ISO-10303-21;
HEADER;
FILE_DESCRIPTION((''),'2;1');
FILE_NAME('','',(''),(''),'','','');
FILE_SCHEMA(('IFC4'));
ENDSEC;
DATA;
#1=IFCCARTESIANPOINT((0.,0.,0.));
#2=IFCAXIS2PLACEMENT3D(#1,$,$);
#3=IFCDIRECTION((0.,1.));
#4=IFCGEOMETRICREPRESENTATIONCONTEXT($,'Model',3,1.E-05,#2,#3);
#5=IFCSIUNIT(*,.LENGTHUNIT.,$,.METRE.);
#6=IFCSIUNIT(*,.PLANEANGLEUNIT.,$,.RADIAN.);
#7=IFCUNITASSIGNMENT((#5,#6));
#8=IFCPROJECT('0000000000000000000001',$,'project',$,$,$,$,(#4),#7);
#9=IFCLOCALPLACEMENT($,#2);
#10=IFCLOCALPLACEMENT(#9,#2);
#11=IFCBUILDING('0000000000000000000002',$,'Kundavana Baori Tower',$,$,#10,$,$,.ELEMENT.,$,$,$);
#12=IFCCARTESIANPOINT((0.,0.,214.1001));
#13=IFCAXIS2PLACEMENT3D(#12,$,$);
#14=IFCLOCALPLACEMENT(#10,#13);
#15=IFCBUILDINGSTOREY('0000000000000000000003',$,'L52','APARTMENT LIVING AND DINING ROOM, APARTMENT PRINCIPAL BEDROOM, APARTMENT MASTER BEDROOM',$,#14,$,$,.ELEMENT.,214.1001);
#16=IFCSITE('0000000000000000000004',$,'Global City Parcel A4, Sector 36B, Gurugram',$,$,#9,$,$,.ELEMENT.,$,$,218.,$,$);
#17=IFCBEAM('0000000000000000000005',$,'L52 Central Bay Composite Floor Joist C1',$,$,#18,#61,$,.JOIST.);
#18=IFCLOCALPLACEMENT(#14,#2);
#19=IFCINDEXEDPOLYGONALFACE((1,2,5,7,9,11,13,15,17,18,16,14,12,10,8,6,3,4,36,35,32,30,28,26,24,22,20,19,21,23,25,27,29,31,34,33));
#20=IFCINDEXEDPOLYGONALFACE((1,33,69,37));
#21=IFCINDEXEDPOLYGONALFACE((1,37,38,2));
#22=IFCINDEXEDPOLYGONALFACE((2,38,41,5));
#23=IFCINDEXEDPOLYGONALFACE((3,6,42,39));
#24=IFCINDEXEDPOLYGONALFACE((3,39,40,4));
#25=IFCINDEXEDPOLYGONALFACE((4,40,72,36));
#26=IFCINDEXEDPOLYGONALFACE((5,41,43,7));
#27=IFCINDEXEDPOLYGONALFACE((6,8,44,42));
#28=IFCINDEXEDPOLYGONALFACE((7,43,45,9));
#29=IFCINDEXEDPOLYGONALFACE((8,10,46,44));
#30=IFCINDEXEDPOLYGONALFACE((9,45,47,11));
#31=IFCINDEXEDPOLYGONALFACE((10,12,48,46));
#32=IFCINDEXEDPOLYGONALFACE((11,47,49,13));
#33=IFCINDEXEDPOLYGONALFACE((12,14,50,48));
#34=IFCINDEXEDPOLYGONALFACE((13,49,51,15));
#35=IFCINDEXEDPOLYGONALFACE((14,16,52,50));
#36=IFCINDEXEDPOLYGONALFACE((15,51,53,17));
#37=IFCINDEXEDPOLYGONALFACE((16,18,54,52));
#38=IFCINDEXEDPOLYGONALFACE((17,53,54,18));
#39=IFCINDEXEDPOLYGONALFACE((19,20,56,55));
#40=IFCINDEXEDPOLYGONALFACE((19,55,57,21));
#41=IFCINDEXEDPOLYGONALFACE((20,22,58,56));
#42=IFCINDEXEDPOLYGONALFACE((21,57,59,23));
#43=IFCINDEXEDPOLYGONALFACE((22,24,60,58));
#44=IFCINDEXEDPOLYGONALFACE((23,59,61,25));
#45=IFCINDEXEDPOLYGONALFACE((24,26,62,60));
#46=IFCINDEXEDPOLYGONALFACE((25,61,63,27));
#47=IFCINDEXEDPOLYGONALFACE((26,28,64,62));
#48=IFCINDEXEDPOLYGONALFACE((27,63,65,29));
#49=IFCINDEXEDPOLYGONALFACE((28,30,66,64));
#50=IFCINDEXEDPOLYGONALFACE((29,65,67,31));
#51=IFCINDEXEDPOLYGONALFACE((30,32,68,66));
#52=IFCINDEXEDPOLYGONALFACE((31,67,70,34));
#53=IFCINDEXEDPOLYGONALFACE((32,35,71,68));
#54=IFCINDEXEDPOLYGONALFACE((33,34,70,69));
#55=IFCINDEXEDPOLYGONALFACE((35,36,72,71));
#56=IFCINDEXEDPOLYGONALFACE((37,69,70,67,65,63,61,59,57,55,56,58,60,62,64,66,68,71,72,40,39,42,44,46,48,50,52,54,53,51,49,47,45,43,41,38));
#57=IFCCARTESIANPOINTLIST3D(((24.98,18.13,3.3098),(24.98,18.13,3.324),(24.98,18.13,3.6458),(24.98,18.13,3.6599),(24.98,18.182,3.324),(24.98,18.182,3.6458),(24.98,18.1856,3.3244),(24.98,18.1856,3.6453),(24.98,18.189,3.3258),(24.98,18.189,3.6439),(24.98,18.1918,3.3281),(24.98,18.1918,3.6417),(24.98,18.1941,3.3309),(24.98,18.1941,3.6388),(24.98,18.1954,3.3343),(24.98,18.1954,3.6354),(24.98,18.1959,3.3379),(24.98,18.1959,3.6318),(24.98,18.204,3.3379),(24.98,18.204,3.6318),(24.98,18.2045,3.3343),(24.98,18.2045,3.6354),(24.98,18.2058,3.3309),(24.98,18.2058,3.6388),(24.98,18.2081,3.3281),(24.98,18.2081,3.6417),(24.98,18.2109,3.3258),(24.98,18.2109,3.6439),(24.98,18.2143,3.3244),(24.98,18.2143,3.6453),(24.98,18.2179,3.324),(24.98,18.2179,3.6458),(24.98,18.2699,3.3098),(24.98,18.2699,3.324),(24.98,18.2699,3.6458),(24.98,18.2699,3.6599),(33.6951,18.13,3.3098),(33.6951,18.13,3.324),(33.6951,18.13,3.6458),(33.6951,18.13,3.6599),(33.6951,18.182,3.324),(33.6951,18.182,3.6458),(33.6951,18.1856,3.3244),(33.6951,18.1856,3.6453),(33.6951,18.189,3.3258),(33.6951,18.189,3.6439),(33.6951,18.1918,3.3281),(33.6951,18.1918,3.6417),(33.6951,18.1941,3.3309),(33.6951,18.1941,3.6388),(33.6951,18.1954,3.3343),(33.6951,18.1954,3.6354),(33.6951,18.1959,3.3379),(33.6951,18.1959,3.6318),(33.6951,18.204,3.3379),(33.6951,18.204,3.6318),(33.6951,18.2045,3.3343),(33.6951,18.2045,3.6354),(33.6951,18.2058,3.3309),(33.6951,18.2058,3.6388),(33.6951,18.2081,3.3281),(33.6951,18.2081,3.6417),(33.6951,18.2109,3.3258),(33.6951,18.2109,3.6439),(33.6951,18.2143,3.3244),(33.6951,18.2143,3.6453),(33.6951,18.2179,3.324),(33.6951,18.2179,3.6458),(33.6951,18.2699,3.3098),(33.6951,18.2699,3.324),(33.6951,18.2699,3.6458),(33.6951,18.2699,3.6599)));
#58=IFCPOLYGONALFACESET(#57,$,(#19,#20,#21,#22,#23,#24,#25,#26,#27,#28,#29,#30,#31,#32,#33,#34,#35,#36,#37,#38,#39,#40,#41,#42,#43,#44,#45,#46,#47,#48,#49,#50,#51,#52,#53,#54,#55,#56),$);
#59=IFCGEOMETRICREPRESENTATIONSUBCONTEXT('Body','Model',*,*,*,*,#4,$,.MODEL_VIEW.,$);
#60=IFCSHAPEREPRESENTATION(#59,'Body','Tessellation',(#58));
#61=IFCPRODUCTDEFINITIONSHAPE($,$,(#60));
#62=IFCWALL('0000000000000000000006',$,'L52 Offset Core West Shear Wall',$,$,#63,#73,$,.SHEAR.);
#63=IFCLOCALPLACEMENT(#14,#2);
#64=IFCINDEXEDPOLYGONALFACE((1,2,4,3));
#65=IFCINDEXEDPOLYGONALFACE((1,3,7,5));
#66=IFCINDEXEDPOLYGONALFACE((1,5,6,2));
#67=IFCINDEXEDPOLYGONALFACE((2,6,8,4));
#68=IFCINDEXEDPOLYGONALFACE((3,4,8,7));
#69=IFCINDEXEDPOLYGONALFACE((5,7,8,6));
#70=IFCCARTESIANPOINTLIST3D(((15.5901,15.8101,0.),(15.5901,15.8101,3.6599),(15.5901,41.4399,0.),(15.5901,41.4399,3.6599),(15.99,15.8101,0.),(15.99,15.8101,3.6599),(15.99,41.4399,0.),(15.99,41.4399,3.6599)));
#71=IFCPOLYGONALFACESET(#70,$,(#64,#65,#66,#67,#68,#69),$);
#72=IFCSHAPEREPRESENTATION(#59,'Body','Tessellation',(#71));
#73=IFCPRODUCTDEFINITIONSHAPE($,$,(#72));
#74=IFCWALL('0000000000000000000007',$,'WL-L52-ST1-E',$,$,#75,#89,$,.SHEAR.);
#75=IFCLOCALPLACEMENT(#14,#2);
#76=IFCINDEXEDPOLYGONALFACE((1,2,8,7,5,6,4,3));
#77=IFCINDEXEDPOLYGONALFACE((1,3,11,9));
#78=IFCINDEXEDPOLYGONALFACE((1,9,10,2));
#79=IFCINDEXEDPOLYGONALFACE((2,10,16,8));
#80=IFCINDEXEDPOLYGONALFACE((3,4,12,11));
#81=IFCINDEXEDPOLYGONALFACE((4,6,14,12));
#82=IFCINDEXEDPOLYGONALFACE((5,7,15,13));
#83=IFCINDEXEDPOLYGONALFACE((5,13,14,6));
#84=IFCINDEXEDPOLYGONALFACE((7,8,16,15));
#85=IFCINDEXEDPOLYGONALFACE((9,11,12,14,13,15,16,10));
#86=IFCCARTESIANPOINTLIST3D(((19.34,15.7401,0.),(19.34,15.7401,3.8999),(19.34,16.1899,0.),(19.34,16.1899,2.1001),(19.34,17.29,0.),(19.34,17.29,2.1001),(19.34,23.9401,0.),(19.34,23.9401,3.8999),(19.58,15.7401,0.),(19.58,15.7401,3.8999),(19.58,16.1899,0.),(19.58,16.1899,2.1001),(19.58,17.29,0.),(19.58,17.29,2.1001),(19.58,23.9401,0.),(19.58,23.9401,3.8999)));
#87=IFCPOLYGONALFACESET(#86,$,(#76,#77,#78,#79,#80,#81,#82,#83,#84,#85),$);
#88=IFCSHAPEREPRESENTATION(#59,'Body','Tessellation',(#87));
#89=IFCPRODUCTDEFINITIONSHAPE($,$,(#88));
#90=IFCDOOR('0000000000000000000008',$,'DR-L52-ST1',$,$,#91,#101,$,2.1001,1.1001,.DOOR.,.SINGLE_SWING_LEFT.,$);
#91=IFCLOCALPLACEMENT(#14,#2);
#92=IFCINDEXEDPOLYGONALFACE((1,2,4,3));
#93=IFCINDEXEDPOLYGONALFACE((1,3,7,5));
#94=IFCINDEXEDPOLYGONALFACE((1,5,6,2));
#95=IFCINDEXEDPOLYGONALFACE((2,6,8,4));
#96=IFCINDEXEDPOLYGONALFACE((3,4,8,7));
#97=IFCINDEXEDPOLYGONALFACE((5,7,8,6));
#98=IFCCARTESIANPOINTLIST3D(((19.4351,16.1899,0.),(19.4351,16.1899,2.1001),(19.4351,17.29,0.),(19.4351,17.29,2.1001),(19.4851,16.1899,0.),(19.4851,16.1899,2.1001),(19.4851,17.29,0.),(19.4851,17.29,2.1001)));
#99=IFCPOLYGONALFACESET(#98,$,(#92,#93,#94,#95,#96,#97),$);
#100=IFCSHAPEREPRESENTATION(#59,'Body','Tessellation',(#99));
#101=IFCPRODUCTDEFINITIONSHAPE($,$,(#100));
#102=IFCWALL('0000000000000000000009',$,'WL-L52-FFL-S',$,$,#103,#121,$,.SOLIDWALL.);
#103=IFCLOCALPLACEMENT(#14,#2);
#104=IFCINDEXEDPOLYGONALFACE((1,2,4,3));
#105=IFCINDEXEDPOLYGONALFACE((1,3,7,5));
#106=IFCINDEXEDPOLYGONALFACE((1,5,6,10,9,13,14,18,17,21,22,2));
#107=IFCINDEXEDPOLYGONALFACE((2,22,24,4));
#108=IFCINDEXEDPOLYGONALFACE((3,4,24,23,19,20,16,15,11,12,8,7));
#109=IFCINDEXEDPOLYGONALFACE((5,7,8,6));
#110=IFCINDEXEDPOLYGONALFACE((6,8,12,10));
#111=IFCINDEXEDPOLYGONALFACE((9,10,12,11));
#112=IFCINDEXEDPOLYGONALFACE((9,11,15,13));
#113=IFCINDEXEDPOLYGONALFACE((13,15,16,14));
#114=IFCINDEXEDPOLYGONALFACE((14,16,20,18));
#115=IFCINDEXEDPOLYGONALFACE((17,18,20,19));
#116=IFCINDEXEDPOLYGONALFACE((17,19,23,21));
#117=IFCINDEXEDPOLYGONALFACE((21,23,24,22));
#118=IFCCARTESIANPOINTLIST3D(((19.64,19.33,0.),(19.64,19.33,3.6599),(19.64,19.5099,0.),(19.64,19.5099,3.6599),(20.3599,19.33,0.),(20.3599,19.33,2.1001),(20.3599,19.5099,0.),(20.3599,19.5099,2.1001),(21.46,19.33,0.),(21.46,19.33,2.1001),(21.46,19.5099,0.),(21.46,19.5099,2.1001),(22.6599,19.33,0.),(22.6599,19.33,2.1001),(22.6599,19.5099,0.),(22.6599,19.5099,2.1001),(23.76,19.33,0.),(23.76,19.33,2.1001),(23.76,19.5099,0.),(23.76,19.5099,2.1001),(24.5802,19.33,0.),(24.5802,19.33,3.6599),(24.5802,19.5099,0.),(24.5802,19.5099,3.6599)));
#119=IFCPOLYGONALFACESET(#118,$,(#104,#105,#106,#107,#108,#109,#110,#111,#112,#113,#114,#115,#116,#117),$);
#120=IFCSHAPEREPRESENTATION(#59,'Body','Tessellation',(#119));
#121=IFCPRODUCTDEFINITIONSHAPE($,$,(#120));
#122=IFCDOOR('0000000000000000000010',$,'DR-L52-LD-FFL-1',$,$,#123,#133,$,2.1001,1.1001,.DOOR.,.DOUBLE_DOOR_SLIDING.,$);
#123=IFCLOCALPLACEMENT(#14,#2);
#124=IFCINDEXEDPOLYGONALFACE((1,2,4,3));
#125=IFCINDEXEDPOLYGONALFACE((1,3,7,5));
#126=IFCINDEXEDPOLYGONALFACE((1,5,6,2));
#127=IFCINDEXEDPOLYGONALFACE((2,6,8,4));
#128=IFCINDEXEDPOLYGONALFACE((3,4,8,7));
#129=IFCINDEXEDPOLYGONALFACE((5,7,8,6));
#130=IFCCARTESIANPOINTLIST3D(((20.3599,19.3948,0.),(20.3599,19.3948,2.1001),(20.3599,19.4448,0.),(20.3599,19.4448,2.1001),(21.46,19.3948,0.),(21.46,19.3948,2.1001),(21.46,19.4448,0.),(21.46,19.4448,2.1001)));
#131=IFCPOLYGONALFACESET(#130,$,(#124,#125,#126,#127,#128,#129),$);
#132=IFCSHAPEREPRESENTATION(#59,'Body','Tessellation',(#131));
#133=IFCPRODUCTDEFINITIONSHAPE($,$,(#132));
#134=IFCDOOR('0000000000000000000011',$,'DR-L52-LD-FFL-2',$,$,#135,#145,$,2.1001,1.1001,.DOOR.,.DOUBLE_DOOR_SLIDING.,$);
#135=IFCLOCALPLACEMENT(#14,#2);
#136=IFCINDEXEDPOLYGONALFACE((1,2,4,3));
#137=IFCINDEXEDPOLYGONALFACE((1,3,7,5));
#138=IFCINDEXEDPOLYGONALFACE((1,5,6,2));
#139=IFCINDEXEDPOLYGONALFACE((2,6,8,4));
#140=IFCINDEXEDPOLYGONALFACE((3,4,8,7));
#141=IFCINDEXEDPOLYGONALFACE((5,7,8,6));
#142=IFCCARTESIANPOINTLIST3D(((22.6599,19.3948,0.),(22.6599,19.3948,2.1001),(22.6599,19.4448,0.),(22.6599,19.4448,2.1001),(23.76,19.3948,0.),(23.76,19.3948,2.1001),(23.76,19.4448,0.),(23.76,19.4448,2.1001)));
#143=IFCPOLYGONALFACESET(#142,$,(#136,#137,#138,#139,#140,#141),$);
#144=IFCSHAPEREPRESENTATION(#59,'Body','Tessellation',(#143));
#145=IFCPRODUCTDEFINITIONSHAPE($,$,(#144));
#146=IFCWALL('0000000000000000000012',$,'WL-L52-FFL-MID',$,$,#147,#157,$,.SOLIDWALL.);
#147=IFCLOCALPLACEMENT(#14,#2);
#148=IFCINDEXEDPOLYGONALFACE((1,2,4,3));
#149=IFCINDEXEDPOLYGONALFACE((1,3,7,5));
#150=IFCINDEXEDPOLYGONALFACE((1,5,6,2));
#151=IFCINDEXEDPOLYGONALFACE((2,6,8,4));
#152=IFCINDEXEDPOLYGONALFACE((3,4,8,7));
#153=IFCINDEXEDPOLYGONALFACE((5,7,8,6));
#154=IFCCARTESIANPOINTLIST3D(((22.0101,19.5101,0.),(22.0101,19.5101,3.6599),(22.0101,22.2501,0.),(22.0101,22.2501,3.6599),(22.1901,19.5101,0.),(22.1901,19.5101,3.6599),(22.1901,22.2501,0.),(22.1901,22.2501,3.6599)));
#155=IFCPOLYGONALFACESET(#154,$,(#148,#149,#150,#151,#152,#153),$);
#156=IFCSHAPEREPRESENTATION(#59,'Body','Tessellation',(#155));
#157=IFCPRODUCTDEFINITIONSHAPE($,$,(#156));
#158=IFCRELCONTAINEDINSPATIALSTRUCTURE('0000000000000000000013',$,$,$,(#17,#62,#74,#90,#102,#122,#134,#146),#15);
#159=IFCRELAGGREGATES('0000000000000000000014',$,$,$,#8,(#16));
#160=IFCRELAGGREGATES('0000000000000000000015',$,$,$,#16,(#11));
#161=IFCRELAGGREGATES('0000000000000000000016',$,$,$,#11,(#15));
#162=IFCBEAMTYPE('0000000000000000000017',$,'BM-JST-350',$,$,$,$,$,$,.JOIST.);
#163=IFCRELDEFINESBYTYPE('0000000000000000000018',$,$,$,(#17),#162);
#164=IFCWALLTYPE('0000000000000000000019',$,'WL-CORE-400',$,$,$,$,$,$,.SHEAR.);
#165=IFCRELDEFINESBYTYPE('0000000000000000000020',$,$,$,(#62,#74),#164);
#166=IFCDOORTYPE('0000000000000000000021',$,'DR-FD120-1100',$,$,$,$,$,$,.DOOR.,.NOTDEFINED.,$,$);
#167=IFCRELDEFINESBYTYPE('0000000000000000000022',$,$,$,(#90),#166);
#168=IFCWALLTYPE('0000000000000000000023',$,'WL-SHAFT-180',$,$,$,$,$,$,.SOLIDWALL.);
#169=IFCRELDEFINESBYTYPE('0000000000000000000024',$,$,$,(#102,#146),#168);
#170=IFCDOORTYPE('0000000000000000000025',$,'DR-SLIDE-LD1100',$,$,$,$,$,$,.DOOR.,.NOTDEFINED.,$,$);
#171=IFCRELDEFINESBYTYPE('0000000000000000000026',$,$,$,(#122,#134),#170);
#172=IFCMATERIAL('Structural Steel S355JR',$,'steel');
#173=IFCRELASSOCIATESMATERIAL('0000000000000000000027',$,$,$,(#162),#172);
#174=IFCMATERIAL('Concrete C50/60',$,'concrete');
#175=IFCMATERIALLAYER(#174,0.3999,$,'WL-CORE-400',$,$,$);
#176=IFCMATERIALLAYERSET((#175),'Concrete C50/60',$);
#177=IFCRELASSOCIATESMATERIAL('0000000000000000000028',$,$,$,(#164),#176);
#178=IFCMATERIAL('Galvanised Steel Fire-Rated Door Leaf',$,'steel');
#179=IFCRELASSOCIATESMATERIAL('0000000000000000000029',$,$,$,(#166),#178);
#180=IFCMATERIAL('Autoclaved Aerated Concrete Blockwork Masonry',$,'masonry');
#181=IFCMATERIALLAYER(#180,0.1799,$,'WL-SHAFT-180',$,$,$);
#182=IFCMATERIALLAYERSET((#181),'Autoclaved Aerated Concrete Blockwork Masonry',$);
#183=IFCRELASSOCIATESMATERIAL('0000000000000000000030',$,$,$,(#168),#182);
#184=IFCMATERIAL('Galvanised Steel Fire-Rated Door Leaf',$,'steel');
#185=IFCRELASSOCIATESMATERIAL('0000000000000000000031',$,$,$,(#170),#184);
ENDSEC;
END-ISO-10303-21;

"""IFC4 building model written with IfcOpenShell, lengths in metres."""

from ifc_helpers import new_model, si_unit, direction, frame, frame_2d, origin, origin_2d, place, context, subcontext, project, spatial, rectangle, i_section, extrude, material, layer, layer_set, material_profile, profile_set, type_object, element, fill, save


model = new_model("IFC4")

# Units and contexts
model_context = context("Model", 3, precision=1e-05, world=origin(), true_north=direction((0.0, 1.0)))
body_context = subcontext(model_context, "Body", "Model", "MODEL_VIEW")
ifc_project = project(units=[si_unit("LENGTHUNIT", "METRE"), si_unit("PLANEANGLEUNIT", "RADIAN")], contexts=[model_context])

# Site, building, storey
site_placement = place(None, origin())
site = spatial("IfcSite", under=ifc_project, at=site_placement, Name="Global City Parcel A4, Sector 36B, Gurugram", CompositionType="ELEMENT", RefElevation=218.0)
building_placement = place(site_placement, origin())
building = spatial("IfcBuilding", under=site, at=building_placement, Name="Kundavana Baori Tower", CompositionType="ELEMENT")
storey_placement = place(building_placement, frame((0.0, 0.0, 214.1001)))
storey = spatial("IfcBuildingStorey", under=building, at=storey_placement, Name="L52", Description="APARTMENT LIVING AND DINING ROOM, APARTMENT PRINCIPAL BEDROOM, APARTMENT MASTER BEDROOM", CompositionType="ELEMENT", Elevation=214.1001)

# Beam
ifc_material_1 = material(Name="Structural Steel S355JR", Category="steel")
ifc_material_profile = material_profile(ifc_material_1, i_section(OverallWidth=0.1399, OverallDepth=0.3501, WebThickness=0.0081, FlangeThickness=0.0142, FilletRadius=0.0139, at=origin_2d()), Name="ISMB 350")
ifc_profile_set = profile_set([ifc_material_profile], Name="Structural Steel S355JR")
beam_type = type_object("IfcBeamType", Name="BM-JST-350", PredefinedType="JOIST", material=ifc_profile_set)
beam_placement = place(storey_placement, frame((24.98, 18.2, 3.4849), z_axis=(1.0, 0.0, 0.0), x_axis=(0.0, 1.0, 0.0)))
element("IfcBeam", 1, at=beam_placement, inside=storey, type_object=beam_type, Name="L52 Central Bay Composite Floor Joist C1", PredefinedType="JOIST", context=body_context, shape_type="SweptSolid", body=[
    extrude(i_section(OverallWidth=0.1399, OverallDepth=0.3501, WebThickness=0.0081, FlangeThickness=0.0142, FilletRadius=0.0139, at=origin_2d()), origin(), (0.0, 0.0, 1.0), 8.7151),
])

# Wall
ifc_material_2 = material(Name="Concrete C50/60", Category="concrete")
ifc_layer_1 = layer(ifc_material_2, 0.3999, Name="WL-CORE-400")
ifc_layer_set_1 = layer_set([ifc_layer_1], Name="Concrete C50/60")
wall_type_1 = type_object("IfcWallType", Name="WL-CORE-400", PredefinedType="SHEAR", material=ifc_layer_set_1)
wall_1_placement = place(storey_placement, frame((15.79, 15.8101, 0.0), z_axis=(0.0, 0.0, 1.0), x_axis=(0.0, 1.0, 0.0)))
element("IfcWall", 2, at=wall_1_placement, inside=storey, type_object=wall_type_1, Name="L52 Offset Core West Shear Wall", PredefinedType="SHEAR", context=body_context, shape_type="SweptSolid", body=[
    extrude(rectangle(XDim=25.6299, YDim=0.3999, at=frame_2d((12.8149, 0.0))), origin(), (0.0, 0.0, 1.0), 3.6599),
])

# Wall, opening, door
wall_2_placement = place(storey_placement, frame((19.46, 15.74, 0.0), z_axis=(0.0, 0.0, 1.0), x_axis=(0.0, 1.0, 0.0)))
wall_2 = element("IfcWall", 3, at=wall_2_placement, inside=storey, type_object=wall_type_1, Name="WL-L52-ST1-E", PredefinedType="SHEAR", context=body_context, shape_type="SweptSolid", body=[
    extrude(rectangle(XDim=8.2, YDim=0.24, at=frame_2d((4.1001, 0.0))), origin(), (0.0, 0.0, 1.0), 3.8999),
])
opening_1_placement = place(wall_2_placement, frame((0.45, 0.0, 0.0)))
opening_1 = element("IfcOpeningElement", 4, at=opening_1_placement, cuts=wall_2, PredefinedType="OPENING", context=body_context, shape_type="SweptSolid", body=[
    extrude(rectangle(XDim=1.1001, YDim=2.1001, at=frame_2d((0.55, 1.05))), frame((0.0, 0.1299, 0.0), z_axis=(0.0, -1.0, 0.0), x_axis=(1.0, 0.0, 0.0)), (0.0, 0.0, 1.0), 0.26),
])
ifc_material_3 = material(Name="Galvanised Steel Fire-Rated Door Leaf", Category="steel")
door_type_1 = type_object("IfcDoorType", Name="DR-FD120-1100", OperationType="NOTDEFINED", PredefinedType="DOOR", material=ifc_material_3)
door_1_placement = place(opening_1_placement, origin())
door_1 = element("IfcDoor", 5, at=door_1_placement, inside=storey, type_object=door_type_1, Name="DR-L52-ST1", OperationType="SINGLE_SWING_LEFT", OverallHeight=2.1001, OverallWidth=1.1001, PredefinedType="DOOR", context=body_context, shape_type="SweptSolid", body=[
    extrude(rectangle(XDim=1.1001, YDim=2.1001, at=frame_2d((0.55, 1.05))), frame((0.0, 0.0249, 0.0), z_axis=(0.0, -1.0, 0.0), x_axis=(1.0, 0.0, 0.0)), (0.0, 0.0, 1.0), 0.05),
])
fill(opening_1, door_1)

# Wall, openings, doors
ifc_material_4 = material(Name="Autoclaved Aerated Concrete Blockwork Masonry", Category="masonry")
ifc_layer_2 = layer(ifc_material_4, 0.1799, Name="WL-SHAFT-180")
ifc_layer_set_2 = layer_set([ifc_layer_2], Name="Autoclaved Aerated Concrete Blockwork Masonry")
wall_type_2 = type_object("IfcWallType", Name="WL-SHAFT-180", PredefinedType="SOLIDWALL", material=ifc_layer_set_2)
wall_3_placement = place(storey_placement, frame((19.6399, 19.4199, 0.0), z_axis=(0.0, 0.0, 1.0), x_axis=(1.0, 0.0, 0.0)))
wall_3 = element("IfcWall", 6, at=wall_3_placement, inside=storey, type_object=wall_type_2, Name="WL-L52-FFL-S", PredefinedType="SOLIDWALL", context=body_context, shape_type="SweptSolid", body=[
    extrude(rectangle(XDim=4.9402, YDim=0.1799, at=frame_2d((2.4702, 0.0))), origin(), (0.0, 0.0, 1.0), 3.6599),
])
opening_2_placement = place(wall_3_placement, frame((0.72, 0.0, 0.0)))
opening_2 = element("IfcOpeningElement", 7, at=opening_2_placement, cuts=wall_3, PredefinedType="OPENING", context=body_context, shape_type="SweptSolid", body=[
    extrude(rectangle(XDim=1.1001, YDim=2.1001, at=frame_2d((0.55, 1.05))), frame((0.0, 0.1001, 0.0), z_axis=(0.0, -1.0, 0.0), x_axis=(1.0, 0.0, 0.0)), (0.0, 0.0, 1.0), 0.2),
])
opening_3_placement = place(wall_3_placement, frame((3.02, 0.0, 0.0)))
opening_3 = element("IfcOpeningElement", 8, at=opening_3_placement, cuts=wall_3, PredefinedType="OPENING", context=body_context, shape_type="SweptSolid", body=[
    extrude(rectangle(XDim=1.1001, YDim=2.1001, at=frame_2d((0.55, 1.05))), frame((0.0, 0.1001, 0.0), z_axis=(0.0, -1.0, 0.0), x_axis=(1.0, 0.0, 0.0)), (0.0, 0.0, 1.0), 0.2),
])
ifc_material_5 = material(Name="Galvanised Steel Fire-Rated Door Leaf", Category="steel")
door_type_2 = type_object("IfcDoorType", Name="DR-SLIDE-LD1100", OperationType="NOTDEFINED", PredefinedType="DOOR", material=ifc_material_5)
door_2_placement = place(opening_2_placement, origin())
door_2 = element("IfcDoor", 9, at=door_2_placement, inside=storey, type_object=door_type_2, Name="DR-L52-LD-FFL-1", OperationType="DOUBLE_DOOR_SLIDING", OverallHeight=2.1001, OverallWidth=1.1001, PredefinedType="DOOR", context=body_context, shape_type="SweptSolid", body=[
    extrude(rectangle(XDim=1.1001, YDim=2.1001, at=frame_2d((0.55, 1.05))), frame((0.0, 0.0249, 0.0), z_axis=(0.0, -1.0, 0.0), x_axis=(1.0, 0.0, 0.0)), (0.0, 0.0, 1.0), 0.05),
])
fill(opening_2, door_2)
door_3_placement = place(opening_3_placement, origin())
door_3 = element("IfcDoor", 10, at=door_3_placement, inside=storey, type_object=door_type_2, Name="DR-L52-LD-FFL-2", OperationType="DOUBLE_DOOR_SLIDING", OverallHeight=2.1001, OverallWidth=1.1001, PredefinedType="DOOR", context=body_context, shape_type="SweptSolid", body=[
    extrude(rectangle(XDim=1.1001, YDim=2.1001, at=frame_2d((0.55, 1.05))), frame((0.0, 0.0249, 0.0), z_axis=(0.0, -1.0, 0.0), x_axis=(1.0, 0.0, 0.0)), (0.0, 0.0, 1.0), 0.05),
])
fill(opening_3, door_3)

# Wall
wall_4_placement = place(storey_placement, frame((22.1001, 19.51, 0.0), z_axis=(0.0, 0.0, 1.0), x_axis=(0.0, 1.0, 0.0)))
element("IfcWall", 11, at=wall_4_placement, inside=storey, type_object=wall_type_2, Name="WL-L52-FFL-MID", PredefinedType="SOLIDWALL", context=body_context, shape_type="SweptSolid", body=[
    extrude(rectangle(XDim=2.74, YDim=0.1799, at=frame_2d((1.3701, 0.0))), origin(), (0.0, 0.0, 1.0), 3.6599),
])

save(model, "model.ifc")
